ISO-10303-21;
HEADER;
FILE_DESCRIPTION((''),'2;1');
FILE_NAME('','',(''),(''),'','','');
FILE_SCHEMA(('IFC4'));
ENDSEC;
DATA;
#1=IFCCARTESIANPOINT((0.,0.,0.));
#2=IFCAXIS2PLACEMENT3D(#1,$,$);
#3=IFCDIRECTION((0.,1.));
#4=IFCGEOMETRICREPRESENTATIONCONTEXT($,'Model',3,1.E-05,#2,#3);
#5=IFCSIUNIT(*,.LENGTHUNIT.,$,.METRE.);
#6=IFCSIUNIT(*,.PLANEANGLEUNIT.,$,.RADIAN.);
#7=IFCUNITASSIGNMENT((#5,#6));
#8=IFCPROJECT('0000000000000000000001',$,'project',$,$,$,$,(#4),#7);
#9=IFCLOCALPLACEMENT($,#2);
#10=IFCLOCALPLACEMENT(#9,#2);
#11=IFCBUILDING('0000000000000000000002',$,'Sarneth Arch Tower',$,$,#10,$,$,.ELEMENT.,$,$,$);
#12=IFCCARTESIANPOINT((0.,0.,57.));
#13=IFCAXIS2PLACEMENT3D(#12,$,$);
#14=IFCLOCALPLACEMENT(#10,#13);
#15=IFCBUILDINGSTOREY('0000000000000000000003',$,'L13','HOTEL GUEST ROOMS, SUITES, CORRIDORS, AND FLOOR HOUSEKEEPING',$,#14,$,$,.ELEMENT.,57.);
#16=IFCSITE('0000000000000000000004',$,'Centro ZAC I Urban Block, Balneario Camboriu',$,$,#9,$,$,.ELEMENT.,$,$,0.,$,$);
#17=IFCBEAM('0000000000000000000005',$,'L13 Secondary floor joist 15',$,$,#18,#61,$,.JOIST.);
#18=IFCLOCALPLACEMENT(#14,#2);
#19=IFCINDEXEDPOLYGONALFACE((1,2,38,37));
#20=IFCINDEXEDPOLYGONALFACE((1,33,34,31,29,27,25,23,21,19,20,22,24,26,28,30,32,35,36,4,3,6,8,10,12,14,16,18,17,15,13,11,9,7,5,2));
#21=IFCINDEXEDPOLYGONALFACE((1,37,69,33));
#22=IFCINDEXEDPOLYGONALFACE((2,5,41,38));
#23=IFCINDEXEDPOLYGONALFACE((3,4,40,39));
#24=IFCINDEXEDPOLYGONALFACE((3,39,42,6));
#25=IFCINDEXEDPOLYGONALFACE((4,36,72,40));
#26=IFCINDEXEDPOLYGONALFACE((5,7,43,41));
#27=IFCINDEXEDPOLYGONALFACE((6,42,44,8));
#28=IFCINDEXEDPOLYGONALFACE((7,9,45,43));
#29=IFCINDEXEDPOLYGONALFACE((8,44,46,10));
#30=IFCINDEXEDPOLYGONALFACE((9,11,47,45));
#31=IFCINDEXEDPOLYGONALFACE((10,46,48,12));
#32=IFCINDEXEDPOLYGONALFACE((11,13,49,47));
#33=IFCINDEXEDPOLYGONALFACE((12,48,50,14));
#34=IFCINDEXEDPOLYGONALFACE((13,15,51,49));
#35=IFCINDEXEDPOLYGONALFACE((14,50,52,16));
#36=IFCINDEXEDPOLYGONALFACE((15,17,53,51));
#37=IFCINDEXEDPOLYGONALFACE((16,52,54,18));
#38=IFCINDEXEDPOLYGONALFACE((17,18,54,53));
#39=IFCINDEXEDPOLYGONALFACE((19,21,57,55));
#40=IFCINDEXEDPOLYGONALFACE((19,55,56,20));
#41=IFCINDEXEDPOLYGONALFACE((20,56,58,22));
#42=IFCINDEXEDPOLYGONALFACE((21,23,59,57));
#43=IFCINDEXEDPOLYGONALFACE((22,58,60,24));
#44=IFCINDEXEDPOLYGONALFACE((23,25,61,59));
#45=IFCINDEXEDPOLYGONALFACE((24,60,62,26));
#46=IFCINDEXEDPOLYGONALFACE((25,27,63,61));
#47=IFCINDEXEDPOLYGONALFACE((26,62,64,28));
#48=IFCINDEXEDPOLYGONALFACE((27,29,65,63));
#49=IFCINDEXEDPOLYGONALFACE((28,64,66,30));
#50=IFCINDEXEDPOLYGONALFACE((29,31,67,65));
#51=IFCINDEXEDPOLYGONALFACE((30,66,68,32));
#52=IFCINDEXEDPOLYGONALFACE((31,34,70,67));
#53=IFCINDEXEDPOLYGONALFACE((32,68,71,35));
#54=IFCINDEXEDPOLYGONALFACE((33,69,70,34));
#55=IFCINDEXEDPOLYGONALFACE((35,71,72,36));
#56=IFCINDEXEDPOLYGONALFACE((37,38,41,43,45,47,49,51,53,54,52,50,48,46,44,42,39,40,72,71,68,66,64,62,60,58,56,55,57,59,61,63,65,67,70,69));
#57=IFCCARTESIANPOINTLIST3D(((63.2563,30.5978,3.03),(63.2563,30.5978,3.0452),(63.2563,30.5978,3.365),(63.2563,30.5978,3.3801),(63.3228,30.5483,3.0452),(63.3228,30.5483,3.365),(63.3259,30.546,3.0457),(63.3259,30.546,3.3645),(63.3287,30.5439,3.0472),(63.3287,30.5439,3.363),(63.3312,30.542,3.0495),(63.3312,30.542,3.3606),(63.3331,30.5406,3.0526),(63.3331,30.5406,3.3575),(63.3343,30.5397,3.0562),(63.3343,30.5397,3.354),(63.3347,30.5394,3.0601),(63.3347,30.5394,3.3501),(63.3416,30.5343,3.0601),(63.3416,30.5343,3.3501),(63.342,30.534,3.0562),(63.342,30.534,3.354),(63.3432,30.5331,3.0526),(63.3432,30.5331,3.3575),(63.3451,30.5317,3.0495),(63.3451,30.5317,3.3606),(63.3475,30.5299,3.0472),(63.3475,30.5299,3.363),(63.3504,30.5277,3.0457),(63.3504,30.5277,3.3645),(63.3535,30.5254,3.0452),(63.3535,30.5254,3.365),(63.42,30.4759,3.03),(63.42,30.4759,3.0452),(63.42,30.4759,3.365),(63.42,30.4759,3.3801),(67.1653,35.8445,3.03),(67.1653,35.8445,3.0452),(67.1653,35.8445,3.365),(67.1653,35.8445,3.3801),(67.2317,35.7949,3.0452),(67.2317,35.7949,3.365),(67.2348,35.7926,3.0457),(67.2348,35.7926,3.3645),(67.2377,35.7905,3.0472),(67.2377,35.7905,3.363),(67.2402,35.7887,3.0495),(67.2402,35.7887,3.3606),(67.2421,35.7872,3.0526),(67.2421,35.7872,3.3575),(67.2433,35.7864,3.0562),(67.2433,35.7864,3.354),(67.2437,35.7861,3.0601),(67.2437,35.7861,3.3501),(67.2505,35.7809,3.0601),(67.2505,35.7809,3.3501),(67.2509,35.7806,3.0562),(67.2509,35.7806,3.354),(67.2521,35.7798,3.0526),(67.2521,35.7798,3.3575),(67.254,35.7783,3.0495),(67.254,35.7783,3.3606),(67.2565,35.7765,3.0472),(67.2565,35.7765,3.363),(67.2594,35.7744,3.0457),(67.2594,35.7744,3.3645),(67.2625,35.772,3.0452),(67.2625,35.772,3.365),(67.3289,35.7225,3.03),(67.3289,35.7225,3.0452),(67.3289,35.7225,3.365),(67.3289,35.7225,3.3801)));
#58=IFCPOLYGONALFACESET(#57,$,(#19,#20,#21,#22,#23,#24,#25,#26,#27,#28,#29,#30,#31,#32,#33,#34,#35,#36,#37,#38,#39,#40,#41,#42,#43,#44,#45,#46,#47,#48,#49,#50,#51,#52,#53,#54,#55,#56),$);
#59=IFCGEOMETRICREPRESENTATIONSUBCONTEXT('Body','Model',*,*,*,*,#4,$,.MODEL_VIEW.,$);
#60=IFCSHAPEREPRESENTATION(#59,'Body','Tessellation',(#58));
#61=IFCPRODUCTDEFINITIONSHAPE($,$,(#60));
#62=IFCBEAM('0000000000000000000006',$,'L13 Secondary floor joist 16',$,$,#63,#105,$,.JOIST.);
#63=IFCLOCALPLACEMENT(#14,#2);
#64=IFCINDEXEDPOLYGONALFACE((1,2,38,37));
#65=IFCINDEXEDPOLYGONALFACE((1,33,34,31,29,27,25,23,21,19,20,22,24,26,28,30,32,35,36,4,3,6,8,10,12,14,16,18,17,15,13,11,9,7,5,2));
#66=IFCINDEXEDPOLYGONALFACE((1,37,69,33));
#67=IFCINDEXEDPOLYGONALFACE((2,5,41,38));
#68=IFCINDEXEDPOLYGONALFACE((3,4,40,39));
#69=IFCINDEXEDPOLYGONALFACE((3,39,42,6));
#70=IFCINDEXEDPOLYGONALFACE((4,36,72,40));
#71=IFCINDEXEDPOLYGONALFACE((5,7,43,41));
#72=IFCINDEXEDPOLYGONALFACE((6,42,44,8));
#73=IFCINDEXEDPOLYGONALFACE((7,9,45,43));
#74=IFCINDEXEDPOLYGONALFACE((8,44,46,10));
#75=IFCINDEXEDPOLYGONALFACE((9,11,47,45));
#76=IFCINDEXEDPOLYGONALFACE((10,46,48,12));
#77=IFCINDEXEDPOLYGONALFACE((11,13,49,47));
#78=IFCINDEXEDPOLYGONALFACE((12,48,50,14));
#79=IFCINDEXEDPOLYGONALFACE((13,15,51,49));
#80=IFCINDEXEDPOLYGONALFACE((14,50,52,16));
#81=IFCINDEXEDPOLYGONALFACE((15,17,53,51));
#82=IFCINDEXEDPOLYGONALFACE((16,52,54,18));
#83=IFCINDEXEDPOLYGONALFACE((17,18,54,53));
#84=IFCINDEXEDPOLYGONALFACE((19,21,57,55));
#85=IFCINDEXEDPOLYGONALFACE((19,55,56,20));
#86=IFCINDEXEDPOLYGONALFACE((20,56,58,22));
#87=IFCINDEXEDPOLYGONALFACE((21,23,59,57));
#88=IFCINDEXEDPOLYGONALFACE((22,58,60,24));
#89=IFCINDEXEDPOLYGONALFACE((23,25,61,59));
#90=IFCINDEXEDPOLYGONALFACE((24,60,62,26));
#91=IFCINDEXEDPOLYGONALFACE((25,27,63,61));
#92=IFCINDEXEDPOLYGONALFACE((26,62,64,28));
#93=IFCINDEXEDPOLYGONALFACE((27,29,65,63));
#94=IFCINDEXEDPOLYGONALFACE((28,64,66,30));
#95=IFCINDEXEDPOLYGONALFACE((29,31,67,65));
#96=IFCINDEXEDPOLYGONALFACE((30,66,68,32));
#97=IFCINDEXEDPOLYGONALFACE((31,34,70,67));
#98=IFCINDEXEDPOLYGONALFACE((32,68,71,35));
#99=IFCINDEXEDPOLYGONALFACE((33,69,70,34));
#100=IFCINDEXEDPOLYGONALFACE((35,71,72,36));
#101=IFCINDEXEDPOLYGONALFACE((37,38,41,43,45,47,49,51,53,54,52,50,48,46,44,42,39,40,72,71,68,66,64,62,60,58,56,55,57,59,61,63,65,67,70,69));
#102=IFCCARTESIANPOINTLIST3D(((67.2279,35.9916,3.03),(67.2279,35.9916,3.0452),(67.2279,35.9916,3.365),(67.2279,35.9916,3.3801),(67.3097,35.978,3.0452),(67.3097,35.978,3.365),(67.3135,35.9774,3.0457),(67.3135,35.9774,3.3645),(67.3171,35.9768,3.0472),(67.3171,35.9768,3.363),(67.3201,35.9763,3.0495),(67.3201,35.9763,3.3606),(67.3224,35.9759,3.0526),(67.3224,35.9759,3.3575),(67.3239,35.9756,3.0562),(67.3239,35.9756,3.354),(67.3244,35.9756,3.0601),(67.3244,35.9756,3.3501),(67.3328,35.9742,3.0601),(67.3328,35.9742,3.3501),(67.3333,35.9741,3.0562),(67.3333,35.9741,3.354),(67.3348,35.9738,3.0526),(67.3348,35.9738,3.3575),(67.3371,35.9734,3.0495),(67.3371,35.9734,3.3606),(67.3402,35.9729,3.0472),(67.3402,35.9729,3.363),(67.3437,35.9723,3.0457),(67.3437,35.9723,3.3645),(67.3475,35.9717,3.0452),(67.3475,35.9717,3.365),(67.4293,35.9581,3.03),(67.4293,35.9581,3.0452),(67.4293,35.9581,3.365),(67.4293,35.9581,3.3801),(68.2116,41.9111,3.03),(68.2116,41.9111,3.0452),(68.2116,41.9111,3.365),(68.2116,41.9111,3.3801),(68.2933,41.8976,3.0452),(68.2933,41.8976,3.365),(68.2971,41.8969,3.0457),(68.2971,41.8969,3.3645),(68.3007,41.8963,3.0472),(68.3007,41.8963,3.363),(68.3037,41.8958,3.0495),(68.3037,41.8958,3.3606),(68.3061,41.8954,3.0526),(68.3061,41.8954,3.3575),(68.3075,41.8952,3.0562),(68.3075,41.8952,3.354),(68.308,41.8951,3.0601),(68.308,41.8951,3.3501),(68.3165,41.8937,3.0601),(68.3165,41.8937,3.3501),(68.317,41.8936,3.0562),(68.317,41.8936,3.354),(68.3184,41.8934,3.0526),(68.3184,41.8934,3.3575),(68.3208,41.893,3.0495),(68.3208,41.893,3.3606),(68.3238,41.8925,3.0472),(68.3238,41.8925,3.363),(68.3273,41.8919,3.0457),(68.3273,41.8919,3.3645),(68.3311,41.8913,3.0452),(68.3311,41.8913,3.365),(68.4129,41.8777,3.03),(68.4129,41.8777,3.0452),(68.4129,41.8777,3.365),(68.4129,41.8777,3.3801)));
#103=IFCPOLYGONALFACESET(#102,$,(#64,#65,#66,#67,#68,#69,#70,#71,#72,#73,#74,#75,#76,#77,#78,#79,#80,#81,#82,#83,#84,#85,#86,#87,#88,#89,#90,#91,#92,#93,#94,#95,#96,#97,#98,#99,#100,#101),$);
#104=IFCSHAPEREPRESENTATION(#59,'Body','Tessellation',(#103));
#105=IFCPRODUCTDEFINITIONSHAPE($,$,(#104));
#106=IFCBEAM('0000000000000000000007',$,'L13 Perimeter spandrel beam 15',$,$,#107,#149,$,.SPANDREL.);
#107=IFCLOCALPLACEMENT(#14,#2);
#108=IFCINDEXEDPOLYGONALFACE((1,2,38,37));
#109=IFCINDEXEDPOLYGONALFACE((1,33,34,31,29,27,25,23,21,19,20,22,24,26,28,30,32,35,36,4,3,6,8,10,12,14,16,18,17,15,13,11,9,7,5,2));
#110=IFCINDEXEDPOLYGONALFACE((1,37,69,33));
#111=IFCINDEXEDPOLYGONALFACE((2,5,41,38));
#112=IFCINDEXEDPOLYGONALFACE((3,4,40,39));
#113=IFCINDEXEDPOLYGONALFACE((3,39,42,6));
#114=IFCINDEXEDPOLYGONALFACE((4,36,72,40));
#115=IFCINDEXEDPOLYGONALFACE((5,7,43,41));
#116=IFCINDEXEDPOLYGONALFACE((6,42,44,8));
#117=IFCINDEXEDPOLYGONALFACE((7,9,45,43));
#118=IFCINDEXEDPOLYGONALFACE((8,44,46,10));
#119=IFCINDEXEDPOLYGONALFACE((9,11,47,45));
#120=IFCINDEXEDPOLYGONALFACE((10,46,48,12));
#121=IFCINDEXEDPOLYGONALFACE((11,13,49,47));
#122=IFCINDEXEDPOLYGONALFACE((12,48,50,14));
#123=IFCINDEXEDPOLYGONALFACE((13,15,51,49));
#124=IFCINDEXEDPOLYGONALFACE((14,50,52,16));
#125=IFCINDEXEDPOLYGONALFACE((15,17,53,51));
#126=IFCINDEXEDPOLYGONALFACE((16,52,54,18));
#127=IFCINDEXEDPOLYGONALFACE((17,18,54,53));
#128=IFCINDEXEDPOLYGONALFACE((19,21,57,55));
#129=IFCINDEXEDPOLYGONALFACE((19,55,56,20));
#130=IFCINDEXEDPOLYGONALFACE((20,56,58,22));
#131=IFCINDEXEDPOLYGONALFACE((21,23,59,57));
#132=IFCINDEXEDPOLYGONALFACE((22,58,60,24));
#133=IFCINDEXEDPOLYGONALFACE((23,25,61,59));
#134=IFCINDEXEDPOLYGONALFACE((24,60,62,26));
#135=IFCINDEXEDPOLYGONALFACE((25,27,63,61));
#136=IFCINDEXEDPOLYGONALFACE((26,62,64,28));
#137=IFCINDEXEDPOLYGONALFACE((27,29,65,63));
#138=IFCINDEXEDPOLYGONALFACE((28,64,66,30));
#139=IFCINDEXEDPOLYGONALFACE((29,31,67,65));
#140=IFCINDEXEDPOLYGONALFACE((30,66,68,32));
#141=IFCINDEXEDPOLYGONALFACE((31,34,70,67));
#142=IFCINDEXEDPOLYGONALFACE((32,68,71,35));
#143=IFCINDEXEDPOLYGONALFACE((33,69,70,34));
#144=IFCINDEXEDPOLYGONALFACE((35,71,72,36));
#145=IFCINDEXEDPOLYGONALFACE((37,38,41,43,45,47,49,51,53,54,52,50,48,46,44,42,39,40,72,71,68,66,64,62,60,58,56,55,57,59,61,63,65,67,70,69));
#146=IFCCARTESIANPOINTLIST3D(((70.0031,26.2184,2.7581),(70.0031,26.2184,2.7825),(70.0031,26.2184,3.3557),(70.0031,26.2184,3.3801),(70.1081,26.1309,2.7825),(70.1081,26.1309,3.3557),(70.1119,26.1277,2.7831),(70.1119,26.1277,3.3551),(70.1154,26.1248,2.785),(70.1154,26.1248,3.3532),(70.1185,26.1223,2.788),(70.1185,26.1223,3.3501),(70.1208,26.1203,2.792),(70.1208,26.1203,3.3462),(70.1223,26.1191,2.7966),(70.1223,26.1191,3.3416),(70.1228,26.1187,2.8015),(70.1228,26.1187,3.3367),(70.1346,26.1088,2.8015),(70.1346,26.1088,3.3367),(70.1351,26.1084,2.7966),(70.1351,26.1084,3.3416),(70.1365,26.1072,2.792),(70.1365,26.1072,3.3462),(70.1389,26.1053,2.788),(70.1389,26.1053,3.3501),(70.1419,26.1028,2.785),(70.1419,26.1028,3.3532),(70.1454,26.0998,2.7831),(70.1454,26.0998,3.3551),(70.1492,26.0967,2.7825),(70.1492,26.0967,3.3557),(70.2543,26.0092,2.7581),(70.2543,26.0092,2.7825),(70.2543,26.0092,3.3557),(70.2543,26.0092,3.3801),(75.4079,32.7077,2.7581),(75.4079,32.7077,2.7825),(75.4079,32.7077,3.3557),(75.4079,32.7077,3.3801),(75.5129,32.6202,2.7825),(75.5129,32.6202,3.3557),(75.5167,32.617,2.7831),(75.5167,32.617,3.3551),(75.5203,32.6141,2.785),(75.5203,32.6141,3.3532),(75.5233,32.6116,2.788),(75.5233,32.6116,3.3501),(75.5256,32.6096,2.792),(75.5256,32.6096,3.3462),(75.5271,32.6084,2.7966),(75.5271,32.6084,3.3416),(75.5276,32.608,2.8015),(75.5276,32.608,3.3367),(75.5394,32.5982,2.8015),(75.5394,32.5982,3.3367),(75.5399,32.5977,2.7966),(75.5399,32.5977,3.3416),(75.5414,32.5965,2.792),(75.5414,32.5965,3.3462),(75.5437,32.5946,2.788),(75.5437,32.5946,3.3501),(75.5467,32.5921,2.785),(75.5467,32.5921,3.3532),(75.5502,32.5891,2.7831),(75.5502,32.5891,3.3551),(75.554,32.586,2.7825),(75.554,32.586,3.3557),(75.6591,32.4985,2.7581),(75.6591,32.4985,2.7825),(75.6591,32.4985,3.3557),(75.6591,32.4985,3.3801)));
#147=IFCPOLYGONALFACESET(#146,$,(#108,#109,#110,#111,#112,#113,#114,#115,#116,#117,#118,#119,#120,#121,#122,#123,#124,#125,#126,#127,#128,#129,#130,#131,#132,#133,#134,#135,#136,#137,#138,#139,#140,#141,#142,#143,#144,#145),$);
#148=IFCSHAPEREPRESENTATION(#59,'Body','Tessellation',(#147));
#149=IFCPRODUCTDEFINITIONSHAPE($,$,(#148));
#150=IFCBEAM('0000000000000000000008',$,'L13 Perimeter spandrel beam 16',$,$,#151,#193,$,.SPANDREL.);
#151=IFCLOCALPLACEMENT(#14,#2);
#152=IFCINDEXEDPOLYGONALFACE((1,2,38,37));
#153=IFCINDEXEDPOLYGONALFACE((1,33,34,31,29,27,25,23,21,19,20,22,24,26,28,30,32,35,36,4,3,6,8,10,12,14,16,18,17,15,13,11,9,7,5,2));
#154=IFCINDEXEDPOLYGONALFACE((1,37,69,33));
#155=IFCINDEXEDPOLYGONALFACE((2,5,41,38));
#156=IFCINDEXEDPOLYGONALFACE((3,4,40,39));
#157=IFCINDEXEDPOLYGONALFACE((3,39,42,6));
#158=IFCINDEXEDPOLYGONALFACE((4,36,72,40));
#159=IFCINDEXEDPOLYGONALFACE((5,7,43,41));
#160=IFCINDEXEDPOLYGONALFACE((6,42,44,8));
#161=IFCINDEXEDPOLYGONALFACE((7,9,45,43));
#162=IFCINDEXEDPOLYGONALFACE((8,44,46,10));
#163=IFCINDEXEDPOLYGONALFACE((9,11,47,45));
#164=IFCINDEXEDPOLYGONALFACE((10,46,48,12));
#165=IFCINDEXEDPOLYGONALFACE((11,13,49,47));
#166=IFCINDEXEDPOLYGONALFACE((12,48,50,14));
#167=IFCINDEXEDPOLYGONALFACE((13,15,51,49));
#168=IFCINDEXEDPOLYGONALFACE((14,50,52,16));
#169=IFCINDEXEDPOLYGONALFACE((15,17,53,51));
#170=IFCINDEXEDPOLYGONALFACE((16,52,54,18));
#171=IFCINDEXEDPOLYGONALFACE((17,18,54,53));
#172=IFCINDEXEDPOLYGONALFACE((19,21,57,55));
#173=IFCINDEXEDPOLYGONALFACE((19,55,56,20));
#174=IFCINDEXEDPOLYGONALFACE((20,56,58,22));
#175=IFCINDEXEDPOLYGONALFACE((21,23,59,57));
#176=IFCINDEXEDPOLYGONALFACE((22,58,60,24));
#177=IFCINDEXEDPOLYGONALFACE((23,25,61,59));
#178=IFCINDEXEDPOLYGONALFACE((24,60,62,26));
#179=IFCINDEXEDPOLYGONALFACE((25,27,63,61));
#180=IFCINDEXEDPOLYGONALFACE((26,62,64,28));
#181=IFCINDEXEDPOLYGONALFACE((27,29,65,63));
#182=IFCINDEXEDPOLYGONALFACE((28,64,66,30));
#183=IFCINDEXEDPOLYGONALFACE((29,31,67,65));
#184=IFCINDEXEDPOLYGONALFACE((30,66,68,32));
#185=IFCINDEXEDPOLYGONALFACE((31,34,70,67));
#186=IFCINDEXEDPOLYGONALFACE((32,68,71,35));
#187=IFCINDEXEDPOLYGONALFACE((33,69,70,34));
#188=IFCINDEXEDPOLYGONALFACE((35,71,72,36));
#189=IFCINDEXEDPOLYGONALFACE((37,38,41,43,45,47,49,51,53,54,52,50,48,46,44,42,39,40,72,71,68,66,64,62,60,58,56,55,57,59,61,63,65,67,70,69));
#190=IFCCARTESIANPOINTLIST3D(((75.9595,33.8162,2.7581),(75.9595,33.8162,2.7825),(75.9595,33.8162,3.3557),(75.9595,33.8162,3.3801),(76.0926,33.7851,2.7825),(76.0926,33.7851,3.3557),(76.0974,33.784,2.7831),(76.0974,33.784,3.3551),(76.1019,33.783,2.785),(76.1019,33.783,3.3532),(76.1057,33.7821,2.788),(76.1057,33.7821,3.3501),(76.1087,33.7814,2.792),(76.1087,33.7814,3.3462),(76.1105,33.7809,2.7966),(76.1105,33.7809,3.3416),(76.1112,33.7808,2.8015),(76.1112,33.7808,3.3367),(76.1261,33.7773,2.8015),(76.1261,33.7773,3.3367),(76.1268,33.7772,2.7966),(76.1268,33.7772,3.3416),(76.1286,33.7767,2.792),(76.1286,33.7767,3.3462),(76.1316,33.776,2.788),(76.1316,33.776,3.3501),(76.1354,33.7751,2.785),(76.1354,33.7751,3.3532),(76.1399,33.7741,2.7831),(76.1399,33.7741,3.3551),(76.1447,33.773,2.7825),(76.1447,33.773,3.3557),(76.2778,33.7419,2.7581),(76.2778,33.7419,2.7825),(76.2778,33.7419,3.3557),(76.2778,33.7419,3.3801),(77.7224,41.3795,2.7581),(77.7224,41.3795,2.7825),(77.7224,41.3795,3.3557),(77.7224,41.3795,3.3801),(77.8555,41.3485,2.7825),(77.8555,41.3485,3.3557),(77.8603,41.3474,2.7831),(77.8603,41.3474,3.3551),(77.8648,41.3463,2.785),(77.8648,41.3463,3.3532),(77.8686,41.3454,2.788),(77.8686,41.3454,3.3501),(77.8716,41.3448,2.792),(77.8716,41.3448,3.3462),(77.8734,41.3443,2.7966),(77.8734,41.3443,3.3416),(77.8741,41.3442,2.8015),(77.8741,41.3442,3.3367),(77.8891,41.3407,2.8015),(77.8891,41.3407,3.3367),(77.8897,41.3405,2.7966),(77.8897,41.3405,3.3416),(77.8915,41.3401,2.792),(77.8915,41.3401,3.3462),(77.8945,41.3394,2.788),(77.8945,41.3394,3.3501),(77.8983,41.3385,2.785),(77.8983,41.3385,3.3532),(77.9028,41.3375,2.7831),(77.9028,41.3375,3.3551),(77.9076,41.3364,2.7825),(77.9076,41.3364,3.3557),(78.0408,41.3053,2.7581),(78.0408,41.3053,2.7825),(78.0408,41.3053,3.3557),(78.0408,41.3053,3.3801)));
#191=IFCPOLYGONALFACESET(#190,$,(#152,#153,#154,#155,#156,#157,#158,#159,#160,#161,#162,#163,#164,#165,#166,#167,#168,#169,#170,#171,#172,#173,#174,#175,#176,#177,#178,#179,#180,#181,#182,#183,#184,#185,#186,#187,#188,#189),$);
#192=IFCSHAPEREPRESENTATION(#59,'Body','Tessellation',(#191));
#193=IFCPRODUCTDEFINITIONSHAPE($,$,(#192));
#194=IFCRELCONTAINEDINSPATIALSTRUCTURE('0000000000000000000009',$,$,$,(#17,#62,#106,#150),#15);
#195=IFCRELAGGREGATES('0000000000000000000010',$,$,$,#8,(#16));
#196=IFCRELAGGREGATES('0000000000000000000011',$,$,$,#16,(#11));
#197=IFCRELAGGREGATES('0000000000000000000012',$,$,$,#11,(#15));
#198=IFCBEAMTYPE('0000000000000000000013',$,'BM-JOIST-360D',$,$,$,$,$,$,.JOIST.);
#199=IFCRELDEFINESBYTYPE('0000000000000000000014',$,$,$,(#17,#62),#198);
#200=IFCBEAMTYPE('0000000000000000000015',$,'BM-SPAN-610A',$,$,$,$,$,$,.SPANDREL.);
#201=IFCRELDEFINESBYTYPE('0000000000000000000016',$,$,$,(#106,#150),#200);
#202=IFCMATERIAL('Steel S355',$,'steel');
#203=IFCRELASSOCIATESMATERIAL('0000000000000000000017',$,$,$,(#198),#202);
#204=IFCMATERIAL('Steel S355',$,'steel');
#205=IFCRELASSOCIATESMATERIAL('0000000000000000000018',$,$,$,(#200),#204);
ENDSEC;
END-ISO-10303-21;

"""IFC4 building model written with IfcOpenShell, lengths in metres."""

from ifc_helpers import new_model, si_unit, direction, frame, origin, origin_2d, place, context, subcontext, project, spatial, i_section, extrude, material, material_profile, profile_set, type_object, element, save


model = new_model("IFC4")

# Units and contexts
model_context = context("Model", 3, precision=1e-05, world=origin(), true_north=direction((0.0, 1.0)))
body_context = subcontext(model_context, "Body", "Model", "MODEL_VIEW")
ifc_project = project(units=[si_unit("LENGTHUNIT", "METRE"), si_unit("PLANEANGLEUNIT", "RADIAN")], contexts=[model_context])

# Site, building, storey
site_placement = place(None, origin())
site = spatial("IfcSite", under=ifc_project, at=site_placement, Name="Centro ZAC I Urban Block, Balneario Camboriu", CompositionType="ELEMENT", RefElevation=0.0)
building_placement = place(site_placement, origin())
building = spatial("IfcBuilding", under=site, at=building_placement, Name="Sarneth Arch Tower", CompositionType="ELEMENT")
storey_placement = place(building_placement, frame((0.0, 0.0, 57.0)))
storey = spatial("IfcBuildingStorey", under=building, at=storey_placement, Name="L13", Description="HOTEL GUEST ROOMS, SUITES, CORRIDORS, AND FLOOR HOUSEKEEPING", CompositionType="ELEMENT", Elevation=57.0)

# Beams
ifc_material_1 = material(Name="Steel S355", Category="steel")
ifc_material_profile_1 = material_profile(ifc_material_1, i_section(OverallWidth=0.2041, OverallDepth=0.3501, WebThickness=0.0085, FlangeThickness=0.0151, FilletRadius=0.0149, at=origin_2d()), Name="W360x72")
ifc_profile_set_1 = profile_set([ifc_material_profile_1], Name="Steel S355")
beam_type_1 = type_object("IfcBeamType", Name="BM-JOIST-360D", PredefinedType="JOIST", material=ifc_profile_set_1)
beam_1_placement = place(storey_placement, frame((63.3381, 30.5369, 3.2051), z_axis=(0.597454, 0.801904, 0.0), x_axis=(-0.801904, 0.597454, 0.0)))
element("IfcBeam", 1, at=beam_1_placement, inside=storey, type_object=beam_type_1, Name="L13 Secondary floor joist 15", PredefinedType="JOIST", context=body_context, shape_type="SweptSolid", body=[
    extrude(i_section(OverallWidth=0.2041, OverallDepth=0.3501, WebThickness=0.0085, FlangeThickness=0.0151, FilletRadius=0.0149, at=origin_2d()), origin(), (0.0, 0.0, 1.0), 6.5427),
])
beam_2_placement = place(storey_placement, frame((67.3286, 35.9749, 3.2051), z_axis=(0.163917, 0.986474, 0.0), x_axis=(-0.986474, 0.163917, 0.0)))
element("IfcBeam", 2, at=beam_2_placement, inside=storey, type_object=beam_type_1, Name="L13 Secondary floor joist 16", PredefinedType="JOIST", context=body_context, shape_type="SweptSolid", body=[
    extrude(i_section(OverallWidth=0.2041, OverallDepth=0.3501, WebThickness=0.0085, FlangeThickness=0.0151, FilletRadius=0.0149, at=origin_2d()), origin(), (0.0, 0.0, 1.0), 6.0007),
])
ifc_material_2 = material(Name="Steel S355", Category="steel")
ifc_material_profile_2 = material_profile(ifc_material_2, i_section(OverallWidth=0.3269, OverallDepth=0.6221, WebThickness=0.0154, FlangeThickness=0.0244, FilletRadius=0.019, at=origin_2d()), Name="W610x195")
ifc_profile_set_2 = profile_set([ifc_material_profile_2], Name="Steel S355")
beam_type_2 = type_object("IfcBeamType", Name="BM-SPAN-610A", PredefinedType="SPANDREL", material=ifc_profile_set_2)
beam_3_placement = place(storey_placement, frame((70.1287, 26.1138, 3.0691), z_axis=(0.63998, 0.768392, 0.0), x_axis=(-0.768392, 0.63998, 0.0)))
element("IfcBeam", 3, at=beam_3_placement, inside=storey, type_object=beam_type_2, Name="L13 Perimeter spandrel beam 15", PredefinedType="SPANDREL", context=body_context, shape_type="SweptSolid", body=[
    extrude(i_section(OverallWidth=0.3269, OverallDepth=0.6221, WebThickness=0.0154, FlangeThickness=0.0244, FilletRadius=0.019, at=origin_2d()), origin(), (0.0, 0.0, 1.0), 8.4453),
])
beam_4_placement = place(storey_placement, frame((76.1187, 33.7791, 3.0691), z_axis=(0.227001, 0.973895, 0.0), x_axis=(-0.973895, 0.227001, 0.0)))
element("IfcBeam", 4, at=beam_4_placement, inside=storey, type_object=beam_type_2, Name="L13 Perimeter spandrel beam 16", PredefinedType="SPANDREL", context=body_context, shape_type="SweptSolid", body=[
    extrude(i_section(OverallWidth=0.3269, OverallDepth=0.6221, WebThickness=0.0154, FlangeThickness=0.0244, FilletRadius=0.019, at=origin_2d()), origin(), (0.0, 0.0, 1.0), 7.7661),
])

save(model, "model.ifc")
